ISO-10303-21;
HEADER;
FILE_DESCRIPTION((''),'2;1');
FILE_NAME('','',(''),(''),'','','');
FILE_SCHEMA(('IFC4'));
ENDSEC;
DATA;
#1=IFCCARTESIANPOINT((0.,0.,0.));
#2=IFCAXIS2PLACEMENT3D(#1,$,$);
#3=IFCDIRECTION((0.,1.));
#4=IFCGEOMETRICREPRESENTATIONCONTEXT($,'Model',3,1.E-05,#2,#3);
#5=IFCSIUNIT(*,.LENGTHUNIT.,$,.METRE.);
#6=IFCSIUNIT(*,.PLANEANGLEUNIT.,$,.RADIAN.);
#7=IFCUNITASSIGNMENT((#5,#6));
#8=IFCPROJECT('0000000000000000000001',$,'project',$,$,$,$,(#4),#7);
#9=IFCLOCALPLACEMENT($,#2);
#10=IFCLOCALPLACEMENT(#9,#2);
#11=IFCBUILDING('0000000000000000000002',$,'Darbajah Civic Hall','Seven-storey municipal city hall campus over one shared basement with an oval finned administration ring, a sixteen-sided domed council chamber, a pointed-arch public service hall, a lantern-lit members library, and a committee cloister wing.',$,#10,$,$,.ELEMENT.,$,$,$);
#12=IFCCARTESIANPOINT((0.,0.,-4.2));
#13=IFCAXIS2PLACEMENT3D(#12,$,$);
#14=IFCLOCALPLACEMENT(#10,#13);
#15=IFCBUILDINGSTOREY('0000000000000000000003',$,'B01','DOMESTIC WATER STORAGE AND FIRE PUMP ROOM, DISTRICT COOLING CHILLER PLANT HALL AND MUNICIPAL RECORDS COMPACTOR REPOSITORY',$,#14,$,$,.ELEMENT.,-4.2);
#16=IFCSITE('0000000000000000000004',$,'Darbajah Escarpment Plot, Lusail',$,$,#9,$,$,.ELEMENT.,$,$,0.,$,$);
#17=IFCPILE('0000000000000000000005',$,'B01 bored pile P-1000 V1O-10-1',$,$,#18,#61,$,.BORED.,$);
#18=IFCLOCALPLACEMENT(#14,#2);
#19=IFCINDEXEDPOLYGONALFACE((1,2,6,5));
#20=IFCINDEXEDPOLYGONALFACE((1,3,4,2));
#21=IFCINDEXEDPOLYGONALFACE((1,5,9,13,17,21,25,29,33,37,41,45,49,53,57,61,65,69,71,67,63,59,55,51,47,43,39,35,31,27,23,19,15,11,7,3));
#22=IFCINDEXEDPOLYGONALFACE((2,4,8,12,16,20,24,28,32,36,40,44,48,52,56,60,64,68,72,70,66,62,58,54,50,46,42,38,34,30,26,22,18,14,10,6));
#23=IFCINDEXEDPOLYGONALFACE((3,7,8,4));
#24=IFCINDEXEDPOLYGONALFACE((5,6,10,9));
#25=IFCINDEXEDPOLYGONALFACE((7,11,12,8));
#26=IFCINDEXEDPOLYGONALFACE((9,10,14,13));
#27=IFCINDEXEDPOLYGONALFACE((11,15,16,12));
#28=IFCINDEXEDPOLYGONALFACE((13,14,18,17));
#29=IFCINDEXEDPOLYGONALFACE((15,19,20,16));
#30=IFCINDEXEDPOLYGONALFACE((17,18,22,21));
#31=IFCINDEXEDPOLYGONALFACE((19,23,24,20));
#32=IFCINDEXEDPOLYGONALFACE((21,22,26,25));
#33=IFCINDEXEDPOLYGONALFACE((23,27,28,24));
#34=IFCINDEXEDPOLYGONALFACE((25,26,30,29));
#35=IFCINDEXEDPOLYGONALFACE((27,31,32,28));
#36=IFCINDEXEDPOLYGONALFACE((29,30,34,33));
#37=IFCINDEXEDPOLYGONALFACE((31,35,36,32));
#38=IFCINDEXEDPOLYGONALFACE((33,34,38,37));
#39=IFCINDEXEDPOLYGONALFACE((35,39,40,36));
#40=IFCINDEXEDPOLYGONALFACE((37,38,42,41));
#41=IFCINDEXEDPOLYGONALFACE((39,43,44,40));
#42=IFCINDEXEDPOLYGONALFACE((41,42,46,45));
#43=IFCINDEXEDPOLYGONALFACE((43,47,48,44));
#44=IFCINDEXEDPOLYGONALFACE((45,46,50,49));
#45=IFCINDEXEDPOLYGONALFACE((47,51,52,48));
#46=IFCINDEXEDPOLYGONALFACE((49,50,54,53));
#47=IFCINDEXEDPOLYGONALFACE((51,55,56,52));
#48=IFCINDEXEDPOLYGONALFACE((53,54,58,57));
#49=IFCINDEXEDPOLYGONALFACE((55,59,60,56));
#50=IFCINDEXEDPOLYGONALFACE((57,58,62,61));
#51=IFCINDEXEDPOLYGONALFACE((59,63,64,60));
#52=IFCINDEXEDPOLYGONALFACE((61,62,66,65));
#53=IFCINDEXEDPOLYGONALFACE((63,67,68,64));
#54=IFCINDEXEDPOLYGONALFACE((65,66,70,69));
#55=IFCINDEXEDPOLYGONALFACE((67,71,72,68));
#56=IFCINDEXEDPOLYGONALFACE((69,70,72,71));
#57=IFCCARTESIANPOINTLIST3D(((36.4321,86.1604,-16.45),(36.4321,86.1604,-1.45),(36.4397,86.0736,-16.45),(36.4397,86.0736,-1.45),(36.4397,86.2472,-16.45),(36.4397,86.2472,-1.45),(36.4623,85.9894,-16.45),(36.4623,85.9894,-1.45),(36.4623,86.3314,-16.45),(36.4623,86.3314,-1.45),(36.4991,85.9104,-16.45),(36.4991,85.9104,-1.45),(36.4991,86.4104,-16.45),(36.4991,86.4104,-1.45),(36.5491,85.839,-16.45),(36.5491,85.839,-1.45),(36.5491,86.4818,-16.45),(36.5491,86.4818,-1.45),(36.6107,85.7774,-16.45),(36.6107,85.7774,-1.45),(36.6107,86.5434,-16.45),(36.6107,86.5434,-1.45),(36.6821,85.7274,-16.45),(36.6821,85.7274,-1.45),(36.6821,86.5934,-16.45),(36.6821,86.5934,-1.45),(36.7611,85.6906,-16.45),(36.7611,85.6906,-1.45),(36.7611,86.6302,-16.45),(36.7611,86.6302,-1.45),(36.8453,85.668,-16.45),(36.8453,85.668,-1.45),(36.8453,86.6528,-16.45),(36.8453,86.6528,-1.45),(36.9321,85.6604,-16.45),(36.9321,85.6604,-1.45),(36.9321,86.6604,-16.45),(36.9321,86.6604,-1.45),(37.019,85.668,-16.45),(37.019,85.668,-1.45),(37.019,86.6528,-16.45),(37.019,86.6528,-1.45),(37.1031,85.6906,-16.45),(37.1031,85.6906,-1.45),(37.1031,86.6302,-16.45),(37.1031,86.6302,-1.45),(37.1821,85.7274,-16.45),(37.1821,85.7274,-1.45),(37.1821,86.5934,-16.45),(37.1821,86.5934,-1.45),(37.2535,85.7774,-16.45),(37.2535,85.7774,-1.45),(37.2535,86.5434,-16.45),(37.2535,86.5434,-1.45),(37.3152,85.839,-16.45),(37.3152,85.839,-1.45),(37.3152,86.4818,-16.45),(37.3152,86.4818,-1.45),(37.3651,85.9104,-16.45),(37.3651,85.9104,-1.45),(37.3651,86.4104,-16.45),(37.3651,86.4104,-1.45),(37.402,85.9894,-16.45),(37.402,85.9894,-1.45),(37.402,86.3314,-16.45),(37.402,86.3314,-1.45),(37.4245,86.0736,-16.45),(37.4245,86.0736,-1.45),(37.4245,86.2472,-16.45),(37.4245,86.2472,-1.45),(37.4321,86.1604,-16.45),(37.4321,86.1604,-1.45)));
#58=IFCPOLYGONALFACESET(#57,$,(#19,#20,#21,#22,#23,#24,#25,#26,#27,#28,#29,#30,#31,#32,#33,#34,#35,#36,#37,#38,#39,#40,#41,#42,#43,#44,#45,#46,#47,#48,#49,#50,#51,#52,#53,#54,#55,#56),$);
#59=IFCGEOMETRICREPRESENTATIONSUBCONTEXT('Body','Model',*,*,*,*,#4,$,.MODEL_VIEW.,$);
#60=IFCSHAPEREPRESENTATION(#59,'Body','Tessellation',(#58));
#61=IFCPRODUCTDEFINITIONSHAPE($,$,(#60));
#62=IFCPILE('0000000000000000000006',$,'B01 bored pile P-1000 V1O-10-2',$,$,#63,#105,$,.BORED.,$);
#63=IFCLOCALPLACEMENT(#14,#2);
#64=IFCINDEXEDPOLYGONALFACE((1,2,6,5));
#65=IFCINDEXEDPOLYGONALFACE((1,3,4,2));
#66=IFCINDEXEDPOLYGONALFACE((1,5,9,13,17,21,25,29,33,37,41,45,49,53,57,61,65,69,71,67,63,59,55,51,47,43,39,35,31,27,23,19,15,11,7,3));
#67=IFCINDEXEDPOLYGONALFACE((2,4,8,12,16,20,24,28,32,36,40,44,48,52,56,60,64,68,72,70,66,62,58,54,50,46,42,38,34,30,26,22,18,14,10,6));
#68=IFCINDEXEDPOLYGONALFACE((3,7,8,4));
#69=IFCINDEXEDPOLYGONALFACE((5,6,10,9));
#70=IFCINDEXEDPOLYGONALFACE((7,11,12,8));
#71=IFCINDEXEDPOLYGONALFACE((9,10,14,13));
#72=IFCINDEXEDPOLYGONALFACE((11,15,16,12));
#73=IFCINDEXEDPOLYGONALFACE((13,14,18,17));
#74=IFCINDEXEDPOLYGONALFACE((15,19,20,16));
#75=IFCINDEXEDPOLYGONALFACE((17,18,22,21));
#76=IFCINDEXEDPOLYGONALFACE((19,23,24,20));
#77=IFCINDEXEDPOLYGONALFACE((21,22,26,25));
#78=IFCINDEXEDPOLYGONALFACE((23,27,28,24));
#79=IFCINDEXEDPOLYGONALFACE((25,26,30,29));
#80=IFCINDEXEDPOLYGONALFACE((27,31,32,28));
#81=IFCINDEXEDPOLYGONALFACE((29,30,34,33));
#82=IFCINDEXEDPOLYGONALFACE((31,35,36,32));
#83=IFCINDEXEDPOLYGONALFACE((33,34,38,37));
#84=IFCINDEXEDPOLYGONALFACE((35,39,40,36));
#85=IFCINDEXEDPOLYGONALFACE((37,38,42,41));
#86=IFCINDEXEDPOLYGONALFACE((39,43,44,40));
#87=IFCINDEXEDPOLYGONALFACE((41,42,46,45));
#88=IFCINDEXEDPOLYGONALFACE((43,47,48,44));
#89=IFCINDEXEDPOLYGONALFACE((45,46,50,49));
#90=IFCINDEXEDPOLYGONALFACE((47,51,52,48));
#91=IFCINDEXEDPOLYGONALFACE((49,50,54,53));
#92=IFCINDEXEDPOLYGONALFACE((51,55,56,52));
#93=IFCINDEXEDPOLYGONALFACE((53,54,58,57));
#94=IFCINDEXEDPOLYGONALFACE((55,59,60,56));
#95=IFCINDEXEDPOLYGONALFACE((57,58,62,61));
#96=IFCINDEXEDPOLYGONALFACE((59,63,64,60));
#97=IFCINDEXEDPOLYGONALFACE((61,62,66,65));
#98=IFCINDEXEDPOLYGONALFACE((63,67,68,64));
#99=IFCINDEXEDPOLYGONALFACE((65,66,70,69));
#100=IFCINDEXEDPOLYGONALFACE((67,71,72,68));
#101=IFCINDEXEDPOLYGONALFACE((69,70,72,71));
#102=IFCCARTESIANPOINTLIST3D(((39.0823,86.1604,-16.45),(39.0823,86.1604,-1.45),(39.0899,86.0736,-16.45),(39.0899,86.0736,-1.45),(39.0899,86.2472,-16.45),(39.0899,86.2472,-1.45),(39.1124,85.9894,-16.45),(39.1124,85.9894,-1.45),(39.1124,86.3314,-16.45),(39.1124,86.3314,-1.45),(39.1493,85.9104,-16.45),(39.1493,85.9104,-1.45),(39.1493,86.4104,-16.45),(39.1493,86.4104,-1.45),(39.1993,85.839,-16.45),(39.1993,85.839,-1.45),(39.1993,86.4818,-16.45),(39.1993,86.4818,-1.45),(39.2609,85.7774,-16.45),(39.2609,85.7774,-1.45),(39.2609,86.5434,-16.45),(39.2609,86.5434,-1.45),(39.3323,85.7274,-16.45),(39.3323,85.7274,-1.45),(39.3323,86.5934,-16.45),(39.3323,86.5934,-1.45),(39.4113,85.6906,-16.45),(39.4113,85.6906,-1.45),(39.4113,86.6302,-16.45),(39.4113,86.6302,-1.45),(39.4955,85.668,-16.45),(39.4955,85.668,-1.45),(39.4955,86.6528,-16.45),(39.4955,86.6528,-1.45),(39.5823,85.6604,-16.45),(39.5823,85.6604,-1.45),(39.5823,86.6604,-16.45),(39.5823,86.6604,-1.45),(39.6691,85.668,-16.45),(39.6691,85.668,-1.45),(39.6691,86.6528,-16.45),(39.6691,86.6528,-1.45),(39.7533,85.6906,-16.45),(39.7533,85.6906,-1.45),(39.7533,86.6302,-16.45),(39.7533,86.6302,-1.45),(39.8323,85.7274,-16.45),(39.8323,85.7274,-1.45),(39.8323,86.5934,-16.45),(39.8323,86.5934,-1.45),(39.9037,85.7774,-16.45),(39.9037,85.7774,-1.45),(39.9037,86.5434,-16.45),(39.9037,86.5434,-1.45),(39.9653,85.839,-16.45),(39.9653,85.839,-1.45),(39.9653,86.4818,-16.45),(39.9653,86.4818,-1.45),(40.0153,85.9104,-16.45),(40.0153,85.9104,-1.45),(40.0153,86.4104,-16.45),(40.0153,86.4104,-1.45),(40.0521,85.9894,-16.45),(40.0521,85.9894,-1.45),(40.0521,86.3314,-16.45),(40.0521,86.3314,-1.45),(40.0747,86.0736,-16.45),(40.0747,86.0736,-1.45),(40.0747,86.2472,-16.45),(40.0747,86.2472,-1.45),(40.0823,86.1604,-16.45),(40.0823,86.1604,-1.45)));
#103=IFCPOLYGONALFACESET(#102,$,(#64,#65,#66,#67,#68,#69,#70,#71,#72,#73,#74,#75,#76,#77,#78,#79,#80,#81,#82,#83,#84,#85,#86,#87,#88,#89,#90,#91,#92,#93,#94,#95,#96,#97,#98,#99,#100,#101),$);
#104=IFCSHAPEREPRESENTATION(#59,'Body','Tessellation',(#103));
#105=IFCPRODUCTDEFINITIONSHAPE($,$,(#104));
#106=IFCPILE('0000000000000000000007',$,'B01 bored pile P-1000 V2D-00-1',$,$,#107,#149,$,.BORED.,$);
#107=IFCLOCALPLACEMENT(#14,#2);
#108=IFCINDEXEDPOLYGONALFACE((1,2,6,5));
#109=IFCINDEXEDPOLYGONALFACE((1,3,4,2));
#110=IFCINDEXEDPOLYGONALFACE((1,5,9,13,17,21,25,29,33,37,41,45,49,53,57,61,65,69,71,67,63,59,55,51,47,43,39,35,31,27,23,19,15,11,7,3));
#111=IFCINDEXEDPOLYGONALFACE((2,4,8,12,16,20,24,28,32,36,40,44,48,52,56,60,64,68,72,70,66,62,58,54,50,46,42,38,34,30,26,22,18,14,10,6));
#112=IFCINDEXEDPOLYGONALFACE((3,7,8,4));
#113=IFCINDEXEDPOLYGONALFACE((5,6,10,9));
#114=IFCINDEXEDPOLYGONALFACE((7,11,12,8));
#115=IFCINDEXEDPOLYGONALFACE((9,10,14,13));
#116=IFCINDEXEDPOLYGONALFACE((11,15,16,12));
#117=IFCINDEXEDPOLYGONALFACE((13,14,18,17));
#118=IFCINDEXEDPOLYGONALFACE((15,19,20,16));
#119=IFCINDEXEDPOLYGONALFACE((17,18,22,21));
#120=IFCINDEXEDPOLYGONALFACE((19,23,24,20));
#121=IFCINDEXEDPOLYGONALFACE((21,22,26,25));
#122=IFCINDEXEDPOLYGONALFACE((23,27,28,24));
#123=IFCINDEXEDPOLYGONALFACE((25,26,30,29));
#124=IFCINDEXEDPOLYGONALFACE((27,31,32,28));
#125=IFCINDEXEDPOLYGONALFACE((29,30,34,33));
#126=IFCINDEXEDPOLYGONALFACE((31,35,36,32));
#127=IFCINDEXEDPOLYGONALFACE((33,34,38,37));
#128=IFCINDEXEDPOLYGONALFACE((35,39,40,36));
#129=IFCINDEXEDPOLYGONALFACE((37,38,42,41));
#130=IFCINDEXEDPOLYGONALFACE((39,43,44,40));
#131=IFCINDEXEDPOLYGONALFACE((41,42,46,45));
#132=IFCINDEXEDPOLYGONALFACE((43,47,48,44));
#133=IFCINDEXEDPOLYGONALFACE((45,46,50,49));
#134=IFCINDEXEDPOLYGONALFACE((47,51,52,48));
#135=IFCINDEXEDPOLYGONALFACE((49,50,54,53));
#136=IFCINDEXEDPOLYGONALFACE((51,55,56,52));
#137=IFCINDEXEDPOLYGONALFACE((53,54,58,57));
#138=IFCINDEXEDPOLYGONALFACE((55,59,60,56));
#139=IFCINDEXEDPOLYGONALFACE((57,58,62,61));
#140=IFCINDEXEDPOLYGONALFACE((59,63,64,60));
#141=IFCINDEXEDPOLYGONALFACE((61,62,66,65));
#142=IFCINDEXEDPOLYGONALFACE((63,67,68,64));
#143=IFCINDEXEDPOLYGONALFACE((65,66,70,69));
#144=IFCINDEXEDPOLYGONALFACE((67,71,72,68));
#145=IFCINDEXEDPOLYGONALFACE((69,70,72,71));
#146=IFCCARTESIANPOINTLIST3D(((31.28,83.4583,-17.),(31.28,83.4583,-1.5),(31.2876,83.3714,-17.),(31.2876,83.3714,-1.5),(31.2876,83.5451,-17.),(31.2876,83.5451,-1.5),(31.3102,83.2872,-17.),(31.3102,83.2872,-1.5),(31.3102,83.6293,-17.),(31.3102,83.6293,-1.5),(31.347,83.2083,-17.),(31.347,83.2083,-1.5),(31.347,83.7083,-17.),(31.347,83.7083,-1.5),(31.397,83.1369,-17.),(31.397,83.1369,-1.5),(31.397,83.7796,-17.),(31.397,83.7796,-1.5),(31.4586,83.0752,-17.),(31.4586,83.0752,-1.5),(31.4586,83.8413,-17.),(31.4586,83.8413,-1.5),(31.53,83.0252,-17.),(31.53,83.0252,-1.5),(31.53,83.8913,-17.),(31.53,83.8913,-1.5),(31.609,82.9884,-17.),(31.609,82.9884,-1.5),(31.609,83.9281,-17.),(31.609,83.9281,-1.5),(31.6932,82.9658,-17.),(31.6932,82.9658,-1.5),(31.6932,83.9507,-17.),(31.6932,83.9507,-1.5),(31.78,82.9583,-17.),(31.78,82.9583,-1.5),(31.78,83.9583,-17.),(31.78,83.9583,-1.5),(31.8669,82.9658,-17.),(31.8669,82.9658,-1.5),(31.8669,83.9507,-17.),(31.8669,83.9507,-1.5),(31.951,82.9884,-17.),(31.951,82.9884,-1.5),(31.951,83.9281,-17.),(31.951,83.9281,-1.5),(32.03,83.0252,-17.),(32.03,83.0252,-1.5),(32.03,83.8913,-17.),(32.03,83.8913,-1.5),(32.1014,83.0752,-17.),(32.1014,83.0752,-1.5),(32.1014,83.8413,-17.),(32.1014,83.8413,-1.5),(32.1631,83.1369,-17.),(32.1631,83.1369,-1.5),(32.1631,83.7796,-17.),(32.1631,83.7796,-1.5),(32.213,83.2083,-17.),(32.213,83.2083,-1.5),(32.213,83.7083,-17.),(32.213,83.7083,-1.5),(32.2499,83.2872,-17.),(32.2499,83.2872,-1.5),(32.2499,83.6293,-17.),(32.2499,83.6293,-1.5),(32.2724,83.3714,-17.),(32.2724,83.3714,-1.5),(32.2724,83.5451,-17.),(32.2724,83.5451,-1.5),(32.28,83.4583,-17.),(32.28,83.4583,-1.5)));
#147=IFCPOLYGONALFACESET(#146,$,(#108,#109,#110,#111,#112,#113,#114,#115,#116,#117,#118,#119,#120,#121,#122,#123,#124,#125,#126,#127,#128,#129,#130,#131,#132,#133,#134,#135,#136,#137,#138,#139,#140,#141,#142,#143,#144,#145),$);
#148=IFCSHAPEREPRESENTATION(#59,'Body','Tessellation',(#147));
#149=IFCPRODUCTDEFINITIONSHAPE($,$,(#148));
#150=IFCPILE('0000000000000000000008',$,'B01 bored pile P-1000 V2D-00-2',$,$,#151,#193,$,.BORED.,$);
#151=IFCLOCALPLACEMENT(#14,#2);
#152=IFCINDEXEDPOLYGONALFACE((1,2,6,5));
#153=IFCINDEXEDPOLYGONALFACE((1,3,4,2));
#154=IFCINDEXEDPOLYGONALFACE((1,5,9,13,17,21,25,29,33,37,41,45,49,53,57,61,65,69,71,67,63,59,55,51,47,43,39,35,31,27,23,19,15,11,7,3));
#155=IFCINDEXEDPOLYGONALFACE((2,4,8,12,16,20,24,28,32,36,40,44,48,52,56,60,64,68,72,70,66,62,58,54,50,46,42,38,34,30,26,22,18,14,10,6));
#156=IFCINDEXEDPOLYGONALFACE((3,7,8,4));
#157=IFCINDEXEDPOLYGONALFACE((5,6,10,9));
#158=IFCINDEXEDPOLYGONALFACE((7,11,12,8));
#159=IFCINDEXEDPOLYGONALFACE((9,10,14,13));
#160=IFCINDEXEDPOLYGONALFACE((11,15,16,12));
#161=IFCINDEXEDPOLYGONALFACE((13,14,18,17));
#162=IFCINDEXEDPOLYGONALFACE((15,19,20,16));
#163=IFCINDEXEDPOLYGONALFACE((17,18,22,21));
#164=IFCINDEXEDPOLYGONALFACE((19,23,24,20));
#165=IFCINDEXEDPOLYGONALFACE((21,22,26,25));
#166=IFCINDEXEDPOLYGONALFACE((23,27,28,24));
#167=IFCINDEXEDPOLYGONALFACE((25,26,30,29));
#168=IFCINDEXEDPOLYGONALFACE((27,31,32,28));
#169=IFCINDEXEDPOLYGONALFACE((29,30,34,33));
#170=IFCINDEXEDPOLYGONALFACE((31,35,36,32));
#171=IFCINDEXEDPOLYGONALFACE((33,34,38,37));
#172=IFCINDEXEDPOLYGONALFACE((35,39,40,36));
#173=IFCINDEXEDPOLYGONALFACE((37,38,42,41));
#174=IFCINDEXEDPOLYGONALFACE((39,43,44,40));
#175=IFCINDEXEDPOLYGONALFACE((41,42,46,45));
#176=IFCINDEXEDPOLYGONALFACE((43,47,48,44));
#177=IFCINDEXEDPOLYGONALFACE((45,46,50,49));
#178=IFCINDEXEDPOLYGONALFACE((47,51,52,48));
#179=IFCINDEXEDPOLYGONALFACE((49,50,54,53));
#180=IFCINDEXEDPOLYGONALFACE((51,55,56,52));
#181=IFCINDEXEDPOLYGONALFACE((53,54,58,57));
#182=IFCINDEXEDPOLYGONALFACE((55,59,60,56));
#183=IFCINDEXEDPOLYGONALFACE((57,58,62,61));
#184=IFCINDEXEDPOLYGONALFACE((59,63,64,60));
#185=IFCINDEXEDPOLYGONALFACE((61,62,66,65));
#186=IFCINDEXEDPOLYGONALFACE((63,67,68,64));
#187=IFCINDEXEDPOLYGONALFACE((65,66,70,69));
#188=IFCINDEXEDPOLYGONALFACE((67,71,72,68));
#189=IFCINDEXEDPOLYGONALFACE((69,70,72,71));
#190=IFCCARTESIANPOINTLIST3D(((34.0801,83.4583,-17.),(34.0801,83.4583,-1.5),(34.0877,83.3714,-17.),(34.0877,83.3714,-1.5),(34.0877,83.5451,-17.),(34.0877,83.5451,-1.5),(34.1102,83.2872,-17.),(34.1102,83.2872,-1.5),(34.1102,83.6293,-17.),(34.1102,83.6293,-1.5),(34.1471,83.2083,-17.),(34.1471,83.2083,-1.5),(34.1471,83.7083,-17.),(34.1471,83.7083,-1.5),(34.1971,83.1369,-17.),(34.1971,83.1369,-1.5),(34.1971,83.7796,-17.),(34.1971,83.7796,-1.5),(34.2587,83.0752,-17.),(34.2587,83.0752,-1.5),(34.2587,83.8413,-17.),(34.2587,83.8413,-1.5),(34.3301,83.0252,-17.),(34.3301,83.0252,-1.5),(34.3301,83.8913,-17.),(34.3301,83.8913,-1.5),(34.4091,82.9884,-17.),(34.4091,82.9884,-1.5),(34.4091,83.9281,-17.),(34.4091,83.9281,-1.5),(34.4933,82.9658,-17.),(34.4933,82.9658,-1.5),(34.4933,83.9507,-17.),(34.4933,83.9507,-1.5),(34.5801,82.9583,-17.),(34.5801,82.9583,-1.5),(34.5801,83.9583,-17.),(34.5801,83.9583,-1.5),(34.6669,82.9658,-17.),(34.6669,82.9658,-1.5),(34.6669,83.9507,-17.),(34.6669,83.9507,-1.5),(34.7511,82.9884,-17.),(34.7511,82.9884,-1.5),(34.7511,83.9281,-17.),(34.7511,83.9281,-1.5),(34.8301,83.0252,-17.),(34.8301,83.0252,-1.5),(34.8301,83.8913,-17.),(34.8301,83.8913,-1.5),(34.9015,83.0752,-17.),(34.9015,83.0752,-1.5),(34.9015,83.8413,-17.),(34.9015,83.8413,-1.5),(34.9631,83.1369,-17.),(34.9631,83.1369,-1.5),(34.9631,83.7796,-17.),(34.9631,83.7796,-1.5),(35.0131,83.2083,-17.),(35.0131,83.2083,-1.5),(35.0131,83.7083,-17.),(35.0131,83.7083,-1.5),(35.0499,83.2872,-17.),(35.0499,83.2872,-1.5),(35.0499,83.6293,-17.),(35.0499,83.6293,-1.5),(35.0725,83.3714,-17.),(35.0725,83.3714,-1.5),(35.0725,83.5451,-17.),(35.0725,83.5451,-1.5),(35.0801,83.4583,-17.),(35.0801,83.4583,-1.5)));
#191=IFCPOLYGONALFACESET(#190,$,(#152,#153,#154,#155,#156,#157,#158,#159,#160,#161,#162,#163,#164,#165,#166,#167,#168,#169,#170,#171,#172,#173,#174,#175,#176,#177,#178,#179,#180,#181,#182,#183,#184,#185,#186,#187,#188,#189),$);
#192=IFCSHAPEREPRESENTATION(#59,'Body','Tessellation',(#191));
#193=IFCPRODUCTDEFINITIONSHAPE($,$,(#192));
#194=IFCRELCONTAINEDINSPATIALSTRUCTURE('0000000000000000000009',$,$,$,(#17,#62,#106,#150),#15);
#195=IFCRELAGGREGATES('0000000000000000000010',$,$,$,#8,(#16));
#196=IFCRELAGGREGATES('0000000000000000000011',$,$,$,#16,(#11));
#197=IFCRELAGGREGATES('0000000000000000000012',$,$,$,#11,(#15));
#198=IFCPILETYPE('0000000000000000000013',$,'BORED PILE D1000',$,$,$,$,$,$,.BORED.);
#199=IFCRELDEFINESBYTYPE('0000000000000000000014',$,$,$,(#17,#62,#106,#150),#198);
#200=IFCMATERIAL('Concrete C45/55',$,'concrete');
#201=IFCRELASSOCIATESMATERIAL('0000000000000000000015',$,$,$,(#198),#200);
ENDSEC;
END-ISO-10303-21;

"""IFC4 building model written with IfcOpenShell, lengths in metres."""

from ifc_helpers import new_model, si_unit, direction, frame, origin, origin_2d, place, context, subcontext, project, spatial, circle, extrude, material, material_profile, profile_set, type_object, element, save


model = new_model("IFC4")

# Units and contexts
model_context = context("Model", 3, precision=1e-05, world=origin(), true_north=direction((0.0, 1.0)))
body_context = subcontext(model_context, "Body", "Model", "MODEL_VIEW")
ifc_project = project(units=[si_unit("LENGTHUNIT", "METRE"), si_unit("PLANEANGLEUNIT", "RADIAN")], contexts=[model_context])

# Site, building, storey
site_placement = place(None, origin())
site = spatial("IfcSite", under=ifc_project, at=site_placement, Name="Darbajah Escarpment Plot, Lusail", CompositionType="ELEMENT", RefElevation=0.0)
building_placement = place(site_placement, origin())
building = spatial("IfcBuilding", under=site, at=building_placement, Name="Darbajah Civic Hall", Description="Seven-storey municipal city hall campus over one shared basement with an oval finned administration ring, a sixteen-sided domed council chamber, a pointed-arch public service hall, a lantern-lit members library, and a committee cloister wing.", CompositionType="ELEMENT")
storey_placement = place(building_placement, frame((0.0, 0.0, -4.2)))
storey = spatial("IfcBuildingStorey", under=building, at=storey_placement, Name="B01", Description="DOMESTIC WATER STORAGE AND FIRE PUMP ROOM, DISTRICT COOLING CHILLER PLANT HALL AND MUNICIPAL RECORDS COMPACTOR REPOSITORY", CompositionType="ELEMENT", Elevation=-4.2)

# Piles
ifc_material_1 = material(Name="Concrete C45/55", Category="concrete")
ifc_material_profile_1 = material_profile(ifc_material_1, circle(Radius=0.5, at=origin_2d()), Name="BORED PILE D1000")
ifc_profile_set_1 = profile_set([ifc_material_profile_1], Name="Concrete C45/55")
pile_type_1 = type_object("IfcPileType", Name="BORED PILE D1000", PredefinedType="BORED", material=ifc_profile_set_1)
for number, where, z_axis, x_axis, name in (
    (1, (36.9321, 86.1604, -1.45), (0.0, 0.0, -1.0), (1.0, 0.0, 0.0), "B01 bored pile P-1000 V1O-10-1"),
    (2, (39.5823, 86.1604, -1.45), (0.0, 0.0, -1.0), (1.0, 0.0, 0.0), "B01 bored pile P-1000 V1O-10-2"),
):
    element("IfcPile", number, at=place(storey_placement, frame(where, z_axis=z_axis, x_axis=x_axis)), inside=storey, type_object=pile_type_1, Name=name, PredefinedType="BORED", context=body_context, shape_type="SweptSolid", body=[
        extrude(circle(Radius=0.5, at=origin_2d()), origin(), (0.0, 0.0, 1.0), 15.0),
    ])
for number, where, z_axis, x_axis, name in (
    (3, (31.78, 83.4583, -1.5), (0.0, 0.0, -1.0), (1.0, 0.0, 0.0), "B01 bored pile P-1000 V2D-00-1"),
    (4, (34.5801, 83.4583, -1.5), (0.0, 0.0, -1.0), (1.0, 0.0, 0.0), "B01 bored pile P-1000 V2D-00-2"),
):
    element("IfcPile", number, at=place(storey_placement, frame(where, z_axis=z_axis, x_axis=x_axis)), inside=storey, type_object=pile_type_1, Name=name, PredefinedType="BORED", context=body_context, shape_type="SweptSolid", body=[
        extrude(circle(Radius=0.5, at=origin_2d()), origin(), (0.0, 0.0, 1.0), 15.5),
    ])

save(model, "model.ifc")
